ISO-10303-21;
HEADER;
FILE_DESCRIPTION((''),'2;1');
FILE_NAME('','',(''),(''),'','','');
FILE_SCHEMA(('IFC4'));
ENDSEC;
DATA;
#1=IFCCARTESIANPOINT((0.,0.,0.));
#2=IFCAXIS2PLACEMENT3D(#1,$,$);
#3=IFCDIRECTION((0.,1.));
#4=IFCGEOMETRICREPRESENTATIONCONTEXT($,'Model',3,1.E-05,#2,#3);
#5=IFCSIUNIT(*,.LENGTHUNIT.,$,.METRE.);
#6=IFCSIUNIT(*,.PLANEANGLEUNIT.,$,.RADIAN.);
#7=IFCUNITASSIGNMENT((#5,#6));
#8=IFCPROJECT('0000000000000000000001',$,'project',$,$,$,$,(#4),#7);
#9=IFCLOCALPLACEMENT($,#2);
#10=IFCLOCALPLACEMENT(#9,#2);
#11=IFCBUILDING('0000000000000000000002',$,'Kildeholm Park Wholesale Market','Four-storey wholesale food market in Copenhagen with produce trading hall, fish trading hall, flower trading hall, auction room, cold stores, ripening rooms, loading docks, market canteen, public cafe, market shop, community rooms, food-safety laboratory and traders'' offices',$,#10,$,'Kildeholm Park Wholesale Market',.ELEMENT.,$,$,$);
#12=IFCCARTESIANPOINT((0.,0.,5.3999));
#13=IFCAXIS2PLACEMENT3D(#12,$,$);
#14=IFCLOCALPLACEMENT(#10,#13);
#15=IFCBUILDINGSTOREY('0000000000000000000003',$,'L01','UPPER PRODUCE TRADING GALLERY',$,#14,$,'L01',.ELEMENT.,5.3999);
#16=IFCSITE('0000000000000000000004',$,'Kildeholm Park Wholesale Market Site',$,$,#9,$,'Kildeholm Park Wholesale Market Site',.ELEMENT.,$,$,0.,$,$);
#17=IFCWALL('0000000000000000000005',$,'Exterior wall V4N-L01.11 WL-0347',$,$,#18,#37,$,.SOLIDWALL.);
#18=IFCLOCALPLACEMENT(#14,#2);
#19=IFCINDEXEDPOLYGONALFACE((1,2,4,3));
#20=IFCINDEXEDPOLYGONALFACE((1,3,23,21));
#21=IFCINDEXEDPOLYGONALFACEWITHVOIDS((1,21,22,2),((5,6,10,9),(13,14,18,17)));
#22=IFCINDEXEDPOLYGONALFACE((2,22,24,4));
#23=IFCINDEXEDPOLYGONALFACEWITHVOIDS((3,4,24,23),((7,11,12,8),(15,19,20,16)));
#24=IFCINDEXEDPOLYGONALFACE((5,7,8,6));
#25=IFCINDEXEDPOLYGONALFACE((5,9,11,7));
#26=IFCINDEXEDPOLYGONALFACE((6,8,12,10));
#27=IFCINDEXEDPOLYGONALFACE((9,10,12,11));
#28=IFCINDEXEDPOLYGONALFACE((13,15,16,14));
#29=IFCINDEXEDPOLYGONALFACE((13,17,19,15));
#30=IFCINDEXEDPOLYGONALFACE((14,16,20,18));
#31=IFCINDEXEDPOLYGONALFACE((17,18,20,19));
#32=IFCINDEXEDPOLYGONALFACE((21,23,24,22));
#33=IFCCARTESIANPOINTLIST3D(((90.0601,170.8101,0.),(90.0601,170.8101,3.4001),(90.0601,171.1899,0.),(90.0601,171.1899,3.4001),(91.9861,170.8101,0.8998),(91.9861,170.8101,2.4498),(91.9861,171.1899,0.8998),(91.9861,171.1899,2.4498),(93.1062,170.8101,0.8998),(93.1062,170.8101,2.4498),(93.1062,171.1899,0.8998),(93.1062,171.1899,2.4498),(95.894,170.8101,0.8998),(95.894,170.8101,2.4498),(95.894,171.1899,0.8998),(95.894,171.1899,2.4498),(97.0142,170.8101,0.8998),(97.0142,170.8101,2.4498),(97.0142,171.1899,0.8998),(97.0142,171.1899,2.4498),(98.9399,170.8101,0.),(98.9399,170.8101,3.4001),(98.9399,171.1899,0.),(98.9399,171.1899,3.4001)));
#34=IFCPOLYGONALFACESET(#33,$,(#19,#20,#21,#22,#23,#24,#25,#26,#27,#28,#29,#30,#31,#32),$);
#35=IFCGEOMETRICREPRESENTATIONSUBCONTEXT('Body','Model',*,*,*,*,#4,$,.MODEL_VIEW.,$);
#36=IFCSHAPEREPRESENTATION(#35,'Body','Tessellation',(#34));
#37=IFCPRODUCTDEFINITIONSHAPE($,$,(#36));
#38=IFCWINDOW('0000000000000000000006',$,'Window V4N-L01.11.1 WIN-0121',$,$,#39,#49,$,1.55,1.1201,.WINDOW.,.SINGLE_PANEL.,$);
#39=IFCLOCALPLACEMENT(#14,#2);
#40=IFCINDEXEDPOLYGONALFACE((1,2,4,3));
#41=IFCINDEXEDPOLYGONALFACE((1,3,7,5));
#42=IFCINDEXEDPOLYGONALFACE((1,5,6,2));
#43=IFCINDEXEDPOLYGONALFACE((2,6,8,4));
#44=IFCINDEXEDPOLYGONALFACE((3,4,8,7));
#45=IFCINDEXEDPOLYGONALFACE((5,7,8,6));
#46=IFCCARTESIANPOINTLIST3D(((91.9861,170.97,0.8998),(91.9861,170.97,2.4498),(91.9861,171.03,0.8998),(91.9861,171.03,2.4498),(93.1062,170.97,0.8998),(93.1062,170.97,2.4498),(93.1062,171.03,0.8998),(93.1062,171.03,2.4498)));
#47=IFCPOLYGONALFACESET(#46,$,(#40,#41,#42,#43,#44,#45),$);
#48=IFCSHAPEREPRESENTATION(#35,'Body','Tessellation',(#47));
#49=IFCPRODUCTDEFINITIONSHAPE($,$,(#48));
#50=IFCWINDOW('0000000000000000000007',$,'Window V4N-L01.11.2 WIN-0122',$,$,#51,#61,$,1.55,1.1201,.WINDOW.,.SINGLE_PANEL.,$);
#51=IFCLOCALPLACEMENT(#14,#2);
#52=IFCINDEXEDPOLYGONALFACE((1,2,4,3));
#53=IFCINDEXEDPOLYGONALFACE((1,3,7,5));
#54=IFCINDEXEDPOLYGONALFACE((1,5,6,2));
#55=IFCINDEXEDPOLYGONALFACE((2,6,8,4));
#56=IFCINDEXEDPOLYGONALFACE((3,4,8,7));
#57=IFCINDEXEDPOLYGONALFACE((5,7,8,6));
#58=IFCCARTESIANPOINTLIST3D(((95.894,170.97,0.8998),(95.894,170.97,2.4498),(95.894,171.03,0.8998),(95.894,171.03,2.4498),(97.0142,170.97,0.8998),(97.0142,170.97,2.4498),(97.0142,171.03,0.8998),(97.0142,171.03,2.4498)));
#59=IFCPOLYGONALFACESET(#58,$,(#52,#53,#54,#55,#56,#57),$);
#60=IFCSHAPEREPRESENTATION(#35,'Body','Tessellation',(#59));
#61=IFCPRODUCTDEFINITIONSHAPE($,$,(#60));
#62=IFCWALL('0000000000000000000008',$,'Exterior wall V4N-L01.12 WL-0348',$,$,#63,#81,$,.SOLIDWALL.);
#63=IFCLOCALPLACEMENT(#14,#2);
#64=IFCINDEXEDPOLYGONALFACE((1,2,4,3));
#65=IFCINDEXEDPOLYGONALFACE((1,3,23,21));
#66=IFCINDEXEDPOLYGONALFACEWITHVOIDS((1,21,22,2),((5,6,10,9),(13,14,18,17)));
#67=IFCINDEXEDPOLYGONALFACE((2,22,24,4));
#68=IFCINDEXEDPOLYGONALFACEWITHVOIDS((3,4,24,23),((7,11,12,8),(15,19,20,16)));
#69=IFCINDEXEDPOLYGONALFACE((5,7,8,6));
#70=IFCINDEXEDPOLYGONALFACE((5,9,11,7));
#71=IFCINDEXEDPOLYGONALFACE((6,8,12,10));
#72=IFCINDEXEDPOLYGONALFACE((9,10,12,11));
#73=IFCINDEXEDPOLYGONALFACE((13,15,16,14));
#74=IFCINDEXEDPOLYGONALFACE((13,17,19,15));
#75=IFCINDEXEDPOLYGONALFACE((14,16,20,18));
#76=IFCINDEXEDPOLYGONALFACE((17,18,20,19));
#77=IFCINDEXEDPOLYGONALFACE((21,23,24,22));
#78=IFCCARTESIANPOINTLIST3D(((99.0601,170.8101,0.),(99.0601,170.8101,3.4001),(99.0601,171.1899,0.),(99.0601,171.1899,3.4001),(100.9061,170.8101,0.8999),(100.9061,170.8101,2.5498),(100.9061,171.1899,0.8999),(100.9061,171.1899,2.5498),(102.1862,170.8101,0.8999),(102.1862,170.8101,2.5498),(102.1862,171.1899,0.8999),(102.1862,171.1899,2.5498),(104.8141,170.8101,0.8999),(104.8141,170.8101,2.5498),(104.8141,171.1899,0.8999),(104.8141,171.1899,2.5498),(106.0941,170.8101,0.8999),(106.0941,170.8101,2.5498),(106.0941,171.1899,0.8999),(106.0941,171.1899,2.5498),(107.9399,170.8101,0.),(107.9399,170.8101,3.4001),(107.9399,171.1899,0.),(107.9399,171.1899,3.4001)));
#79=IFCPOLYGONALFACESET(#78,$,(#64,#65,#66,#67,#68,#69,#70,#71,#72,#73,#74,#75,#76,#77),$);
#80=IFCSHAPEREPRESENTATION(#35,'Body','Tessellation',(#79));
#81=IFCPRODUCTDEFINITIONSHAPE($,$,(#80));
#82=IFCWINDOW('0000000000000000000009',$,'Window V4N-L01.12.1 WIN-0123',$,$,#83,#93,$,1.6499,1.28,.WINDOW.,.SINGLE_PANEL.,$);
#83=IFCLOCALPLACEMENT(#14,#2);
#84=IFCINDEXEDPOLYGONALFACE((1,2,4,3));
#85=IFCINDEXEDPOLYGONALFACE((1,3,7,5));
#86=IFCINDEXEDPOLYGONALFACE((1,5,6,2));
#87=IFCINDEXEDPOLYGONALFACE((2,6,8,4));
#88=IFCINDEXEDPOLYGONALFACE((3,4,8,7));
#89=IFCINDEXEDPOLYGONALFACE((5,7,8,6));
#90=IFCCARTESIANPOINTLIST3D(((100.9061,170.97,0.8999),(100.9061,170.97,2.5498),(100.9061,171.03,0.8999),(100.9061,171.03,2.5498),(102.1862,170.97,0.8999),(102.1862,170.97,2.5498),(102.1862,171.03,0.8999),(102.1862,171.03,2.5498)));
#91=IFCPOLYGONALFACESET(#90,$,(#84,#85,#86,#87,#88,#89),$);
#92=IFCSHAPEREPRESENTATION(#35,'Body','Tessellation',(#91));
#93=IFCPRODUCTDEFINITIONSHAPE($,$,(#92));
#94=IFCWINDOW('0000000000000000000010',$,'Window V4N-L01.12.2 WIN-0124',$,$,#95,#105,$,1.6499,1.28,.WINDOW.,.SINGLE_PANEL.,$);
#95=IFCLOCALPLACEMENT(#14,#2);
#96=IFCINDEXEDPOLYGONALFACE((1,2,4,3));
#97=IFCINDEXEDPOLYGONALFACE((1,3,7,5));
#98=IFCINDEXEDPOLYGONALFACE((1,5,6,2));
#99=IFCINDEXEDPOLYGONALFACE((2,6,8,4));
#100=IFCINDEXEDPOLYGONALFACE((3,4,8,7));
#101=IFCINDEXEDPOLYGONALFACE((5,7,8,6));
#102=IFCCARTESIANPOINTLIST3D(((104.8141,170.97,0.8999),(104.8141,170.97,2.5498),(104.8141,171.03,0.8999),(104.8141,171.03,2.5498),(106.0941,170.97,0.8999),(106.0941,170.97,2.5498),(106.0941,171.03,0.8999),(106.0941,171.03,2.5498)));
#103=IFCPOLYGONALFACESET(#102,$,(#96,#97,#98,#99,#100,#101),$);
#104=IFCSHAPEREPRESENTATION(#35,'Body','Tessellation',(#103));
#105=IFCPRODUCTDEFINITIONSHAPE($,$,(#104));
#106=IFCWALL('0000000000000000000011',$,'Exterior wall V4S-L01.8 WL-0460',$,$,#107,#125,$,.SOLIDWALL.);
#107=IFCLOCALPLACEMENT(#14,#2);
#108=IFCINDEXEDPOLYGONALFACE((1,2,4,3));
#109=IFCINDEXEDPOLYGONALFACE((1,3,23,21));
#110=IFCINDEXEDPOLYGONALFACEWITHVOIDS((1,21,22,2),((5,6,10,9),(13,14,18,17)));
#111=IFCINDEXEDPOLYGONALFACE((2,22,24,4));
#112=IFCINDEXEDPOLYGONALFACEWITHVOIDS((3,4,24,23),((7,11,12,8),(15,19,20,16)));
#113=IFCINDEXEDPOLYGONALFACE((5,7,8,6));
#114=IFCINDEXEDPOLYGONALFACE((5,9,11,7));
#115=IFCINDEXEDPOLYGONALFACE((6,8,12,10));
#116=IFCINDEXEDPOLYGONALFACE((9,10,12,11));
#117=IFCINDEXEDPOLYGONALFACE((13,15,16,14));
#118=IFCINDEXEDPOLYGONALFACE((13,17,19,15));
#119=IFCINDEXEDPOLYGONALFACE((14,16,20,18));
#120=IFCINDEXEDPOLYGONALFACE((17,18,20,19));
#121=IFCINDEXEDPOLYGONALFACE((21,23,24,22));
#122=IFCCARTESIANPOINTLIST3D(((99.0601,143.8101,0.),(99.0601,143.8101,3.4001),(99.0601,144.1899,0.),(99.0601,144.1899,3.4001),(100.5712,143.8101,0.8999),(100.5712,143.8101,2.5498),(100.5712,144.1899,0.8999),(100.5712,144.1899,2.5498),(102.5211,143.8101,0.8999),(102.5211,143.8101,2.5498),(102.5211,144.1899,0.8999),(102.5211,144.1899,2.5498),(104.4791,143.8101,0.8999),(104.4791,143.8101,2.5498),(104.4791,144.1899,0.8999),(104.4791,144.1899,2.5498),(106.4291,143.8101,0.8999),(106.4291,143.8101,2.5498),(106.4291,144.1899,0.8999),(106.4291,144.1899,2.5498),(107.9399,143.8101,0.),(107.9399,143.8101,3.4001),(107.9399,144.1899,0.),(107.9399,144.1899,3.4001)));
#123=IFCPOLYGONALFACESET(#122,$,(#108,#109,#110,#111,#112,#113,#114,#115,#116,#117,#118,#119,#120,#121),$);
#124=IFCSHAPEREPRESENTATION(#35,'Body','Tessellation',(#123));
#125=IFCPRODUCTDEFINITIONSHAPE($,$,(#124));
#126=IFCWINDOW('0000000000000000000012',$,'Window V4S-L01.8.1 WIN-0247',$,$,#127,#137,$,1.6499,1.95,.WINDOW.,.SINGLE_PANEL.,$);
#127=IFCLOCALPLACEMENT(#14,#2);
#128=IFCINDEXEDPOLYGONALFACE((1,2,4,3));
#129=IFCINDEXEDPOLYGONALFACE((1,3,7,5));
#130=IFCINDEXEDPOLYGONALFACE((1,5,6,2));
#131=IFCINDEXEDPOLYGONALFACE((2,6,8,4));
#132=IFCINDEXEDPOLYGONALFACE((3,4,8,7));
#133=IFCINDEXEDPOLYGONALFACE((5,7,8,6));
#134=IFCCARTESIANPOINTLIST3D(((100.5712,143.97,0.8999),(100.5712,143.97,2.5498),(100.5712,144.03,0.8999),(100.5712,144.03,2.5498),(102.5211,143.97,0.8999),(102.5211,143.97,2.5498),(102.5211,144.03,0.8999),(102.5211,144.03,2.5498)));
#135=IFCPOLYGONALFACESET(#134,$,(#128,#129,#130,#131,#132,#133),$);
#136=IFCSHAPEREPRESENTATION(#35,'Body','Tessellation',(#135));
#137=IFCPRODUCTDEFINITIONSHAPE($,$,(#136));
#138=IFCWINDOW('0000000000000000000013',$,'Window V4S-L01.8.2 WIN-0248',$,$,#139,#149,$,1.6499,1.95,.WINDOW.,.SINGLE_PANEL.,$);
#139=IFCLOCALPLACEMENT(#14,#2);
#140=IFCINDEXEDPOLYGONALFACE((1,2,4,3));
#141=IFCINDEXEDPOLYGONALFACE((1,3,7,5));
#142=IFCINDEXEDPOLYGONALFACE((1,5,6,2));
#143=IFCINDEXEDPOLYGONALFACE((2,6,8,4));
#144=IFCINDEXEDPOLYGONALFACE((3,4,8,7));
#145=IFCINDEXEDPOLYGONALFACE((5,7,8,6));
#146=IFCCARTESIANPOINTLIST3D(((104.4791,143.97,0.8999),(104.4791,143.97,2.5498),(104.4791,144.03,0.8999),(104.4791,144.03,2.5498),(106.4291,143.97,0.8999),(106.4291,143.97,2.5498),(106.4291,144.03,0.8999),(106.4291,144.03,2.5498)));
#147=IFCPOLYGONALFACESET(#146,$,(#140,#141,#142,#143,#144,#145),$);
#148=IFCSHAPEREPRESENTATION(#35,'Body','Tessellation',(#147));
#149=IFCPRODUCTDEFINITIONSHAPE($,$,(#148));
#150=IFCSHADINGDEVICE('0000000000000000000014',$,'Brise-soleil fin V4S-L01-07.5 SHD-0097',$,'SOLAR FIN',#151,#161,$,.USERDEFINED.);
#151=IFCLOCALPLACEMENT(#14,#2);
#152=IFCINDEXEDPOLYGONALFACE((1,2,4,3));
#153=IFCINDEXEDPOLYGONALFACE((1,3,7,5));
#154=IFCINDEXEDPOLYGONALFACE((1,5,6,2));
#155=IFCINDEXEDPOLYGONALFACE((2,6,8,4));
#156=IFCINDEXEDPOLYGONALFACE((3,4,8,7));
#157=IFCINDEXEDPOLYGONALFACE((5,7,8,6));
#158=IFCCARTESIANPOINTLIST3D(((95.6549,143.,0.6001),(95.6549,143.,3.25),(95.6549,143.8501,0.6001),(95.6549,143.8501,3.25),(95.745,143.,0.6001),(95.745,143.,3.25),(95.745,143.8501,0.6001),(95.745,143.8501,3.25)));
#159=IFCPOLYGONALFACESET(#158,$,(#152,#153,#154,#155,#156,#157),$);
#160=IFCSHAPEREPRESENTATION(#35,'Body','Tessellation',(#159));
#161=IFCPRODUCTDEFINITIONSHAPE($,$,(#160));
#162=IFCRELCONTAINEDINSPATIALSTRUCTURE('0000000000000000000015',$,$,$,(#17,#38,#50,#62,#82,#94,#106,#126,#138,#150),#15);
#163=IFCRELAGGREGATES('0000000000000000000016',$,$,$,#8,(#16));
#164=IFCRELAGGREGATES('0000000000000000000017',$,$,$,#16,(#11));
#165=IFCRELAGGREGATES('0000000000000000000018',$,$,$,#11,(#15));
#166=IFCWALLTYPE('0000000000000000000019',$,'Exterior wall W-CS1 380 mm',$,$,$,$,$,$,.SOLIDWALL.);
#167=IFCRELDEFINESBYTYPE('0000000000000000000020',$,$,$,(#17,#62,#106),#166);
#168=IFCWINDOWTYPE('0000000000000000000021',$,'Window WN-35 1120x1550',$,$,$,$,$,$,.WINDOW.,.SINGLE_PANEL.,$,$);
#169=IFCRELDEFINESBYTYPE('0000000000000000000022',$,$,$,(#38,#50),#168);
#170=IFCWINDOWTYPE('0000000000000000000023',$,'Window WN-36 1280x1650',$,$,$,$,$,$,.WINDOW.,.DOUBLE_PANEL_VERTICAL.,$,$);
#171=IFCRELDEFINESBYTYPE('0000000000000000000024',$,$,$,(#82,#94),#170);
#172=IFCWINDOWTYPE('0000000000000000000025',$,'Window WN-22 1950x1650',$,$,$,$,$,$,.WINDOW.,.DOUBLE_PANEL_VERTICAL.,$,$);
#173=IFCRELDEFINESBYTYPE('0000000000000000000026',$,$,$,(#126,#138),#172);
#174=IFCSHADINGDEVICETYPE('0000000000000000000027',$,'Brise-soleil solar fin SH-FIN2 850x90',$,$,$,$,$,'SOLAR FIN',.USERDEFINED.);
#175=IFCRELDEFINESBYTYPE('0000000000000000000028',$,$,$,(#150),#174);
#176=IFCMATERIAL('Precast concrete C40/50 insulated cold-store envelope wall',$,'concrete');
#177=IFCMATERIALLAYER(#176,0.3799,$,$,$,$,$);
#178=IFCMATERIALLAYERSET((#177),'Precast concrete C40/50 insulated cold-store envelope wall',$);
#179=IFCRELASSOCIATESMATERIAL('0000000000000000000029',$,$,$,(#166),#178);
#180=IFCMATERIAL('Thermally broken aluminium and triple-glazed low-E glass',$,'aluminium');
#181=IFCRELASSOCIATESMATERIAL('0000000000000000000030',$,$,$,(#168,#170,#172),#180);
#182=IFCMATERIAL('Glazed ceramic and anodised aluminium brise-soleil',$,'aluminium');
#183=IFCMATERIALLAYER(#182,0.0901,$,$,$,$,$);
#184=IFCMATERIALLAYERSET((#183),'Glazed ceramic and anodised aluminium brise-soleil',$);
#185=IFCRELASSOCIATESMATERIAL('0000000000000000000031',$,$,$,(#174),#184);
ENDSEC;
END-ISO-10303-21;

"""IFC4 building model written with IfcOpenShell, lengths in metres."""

from ifc_helpers import new_model, si_unit, direction, frame, frame_2d, origin, origin_2d, place, context, subcontext, project, spatial, rectangle, extrude, material, layer, layer_set, type_object, element, fill, save


model = new_model("IFC4")

# Units and contexts
model_context = context("Model", 3, precision=1e-05, world=origin(), true_north=direction((0.0, 1.0)))
body_context = subcontext(model_context, "Body", "Model", "MODEL_VIEW")
ifc_project = project(units=[si_unit("LENGTHUNIT", "METRE"), si_unit("PLANEANGLEUNIT", "RADIAN")], contexts=[model_context])

# Site, building, storey
site_placement = place(None, origin())
site = spatial("IfcSite", under=ifc_project, at=site_placement, Name="Kildeholm Park Wholesale Market Site", LongName="Kildeholm Park Wholesale Market Site", CompositionType="ELEMENT", RefElevation=0.0)
building_placement = place(site_placement, origin())
building = spatial("IfcBuilding", under=site, at=building_placement, Name="Kildeholm Park Wholesale Market", Description="Four-storey wholesale food market in Copenhagen with produce trading hall, fish trading hall, flower trading hall, auction room, cold stores, ripening rooms, loading docks, market canteen, public cafe, market shop, community rooms, food-safety laboratory and traders' offices", LongName="Kildeholm Park Wholesale Market", CompositionType="ELEMENT")
storey_placement = place(building_placement, frame((0.0, 0.0, 5.3999)))
storey = spatial("IfcBuildingStorey", under=building, at=storey_placement, Name="L01", Description="UPPER PRODUCE TRADING GALLERY", LongName="L01", CompositionType="ELEMENT", Elevation=5.3999)

# Walls, openings, windows
ifc_material_1 = material(Name="Precast concrete C40/50 insulated cold-store envelope wall", Category="concrete")
ifc_layer_1 = layer(ifc_material_1, 0.3799)
ifc_layer_set_1 = layer_set([ifc_layer_1], Name="Precast concrete C40/50 insulated cold-store envelope wall")
wall_type = type_object("IfcWallType", Name="Exterior wall W-CS1 380 mm", PredefinedType="SOLIDWALL", material=ifc_layer_set_1)
wall_1_placement = place(storey_placement, frame((90.0601, 171.0, 0.0), z_axis=(0.0, 0.0, 1.0), x_axis=(1.0, 0.0, 0.0)))
wall_1 = element("IfcWall", 1, at=wall_1_placement, inside=storey, type_object=wall_type, Name="Exterior wall V4N-L01.11 WL-0347", PredefinedType="SOLIDWALL", context=body_context, shape_type="SweptSolid", body=[
    extrude(rectangle(XDim=8.8799, YDim=0.3799, at=frame_2d((4.4399, 0.0))), origin(), (0.0, 0.0, 1.0), 3.4001),
])
opening_1_placement = place(wall_1_placement, frame((1.926, 0.0, 0.8999)))
opening_1 = element("IfcOpeningElement", 2, at=opening_1_placement, cuts=wall_1, PredefinedType="OPENING", context=body_context, shape_type="SweptSolid", body=[
    extrude(rectangle(XDim=1.1201, YDim=1.55, at=frame_2d((0.5601, 0.7749))), frame((0.0, 0.2, 0.0), z_axis=(0.0, -1.0, 0.0), x_axis=(1.0, 0.0, 0.0)), (0.0, 0.0, 1.0), 0.3999),
])
opening_2_placement = place(wall_1_placement, frame((5.834, 0.0, 0.8999)))
opening_2 = element("IfcOpeningElement", 3, at=opening_2_placement, cuts=wall_1, PredefinedType="OPENING", context=body_context, shape_type="SweptSolid", body=[
    extrude(rectangle(XDim=1.1201, YDim=1.55, at=frame_2d((0.5601, 0.7749))), frame((0.0, 0.2, 0.0), z_axis=(0.0, -1.0, 0.0), x_axis=(1.0, 0.0, 0.0)), (0.0, 0.0, 1.0), 0.3999),
])
ifc_material_2 = material(Name="Thermally broken aluminium and triple-glazed low-E glass", Category="aluminium")
window_type_1 = type_object("IfcWindowType", Name="Window WN-35 1120x1550", PartitioningType="SINGLE_PANEL", PredefinedType="WINDOW", material=ifc_material_2)
window_1_placement = place(opening_1_placement, origin())
window_1 = element("IfcWindow", 4, at=window_1_placement, inside=storey, type_object=window_type_1, Name="Window V4N-L01.11.1 WIN-0121", OverallHeight=1.55, OverallWidth=1.1201, PartitioningType="SINGLE_PANEL", PredefinedType="WINDOW", context=body_context, shape_type="SweptSolid", body=[
    extrude(rectangle(XDim=1.1201, YDim=1.55, at=frame_2d((0.5601, 0.7749))), frame((0.0, 0.03, 0.0), z_axis=(0.0, -1.0, 0.0), x_axis=(1.0, 0.0, 0.0)), (0.0, 0.0, 1.0), 0.0601),
])
fill(opening_1, window_1)
window_2_placement = place(opening_2_placement, origin())
window_2 = element("IfcWindow", 5, at=window_2_placement, inside=storey, type_object=window_type_1, Name="Window V4N-L01.11.2 WIN-0122", OverallHeight=1.55, OverallWidth=1.1201, PartitioningType="SINGLE_PANEL", PredefinedType="WINDOW", context=body_context, shape_type="SweptSolid", body=[
    extrude(rectangle(XDim=1.1201, YDim=1.55, at=frame_2d((0.5601, 0.7749))), frame((0.0, 0.03, 0.0), z_axis=(0.0, -1.0, 0.0), x_axis=(1.0, 0.0, 0.0)), (0.0, 0.0, 1.0), 0.0601),
])
fill(opening_2, window_2)
wall_2_placement = place(storey_placement, frame((99.0601, 171.0, 0.0), z_axis=(0.0, 0.0, 1.0), x_axis=(1.0, 0.0, 0.0)))
wall_2 = element("IfcWall", 6, at=wall_2_placement, inside=storey, type_object=wall_type, Name="Exterior wall V4N-L01.12 WL-0348", PredefinedType="SOLIDWALL", context=body_context, shape_type="SweptSolid", body=[
    extrude(rectangle(XDim=8.8799, YDim=0.3799, at=frame_2d((4.4399, 0.0))), origin(), (0.0, 0.0, 1.0), 3.4001),
])
opening_3_placement = place(wall_2_placement, frame((1.8459, 0.0, 0.8999)))
opening_3 = element("IfcOpeningElement", 7, at=opening_3_placement, cuts=wall_2, PredefinedType="OPENING", context=body_context, shape_type="SweptSolid", body=[
    extrude(rectangle(XDim=1.28, YDim=1.6499, at=frame_2d((0.6401, 0.825))), frame((0.0, 0.2, 0.0), z_axis=(0.0, -1.0, 0.0), x_axis=(1.0, 0.0, 0.0)), (0.0, 0.0, 1.0), 0.3999),
])
opening_4_placement = place(wall_2_placement, frame((5.7539, 0.0, 0.8999)))
opening_4 = element("IfcOpeningElement", 8, at=opening_4_placement, cuts=wall_2, PredefinedType="OPENING", context=body_context, shape_type="SweptSolid", body=[
    extrude(rectangle(XDim=1.28, YDim=1.6499, at=frame_2d((0.6401, 0.825))), frame((0.0, 0.2, 0.0), z_axis=(0.0, -1.0, 0.0), x_axis=(1.0, 0.0, 0.0)), (0.0, 0.0, 1.0), 0.3999),
])
window_type_2 = type_object("IfcWindowType", Name="Window WN-36 1280x1650", PartitioningType="DOUBLE_PANEL_VERTICAL", PredefinedType="WINDOW", material=ifc_material_2)
window_3_placement = place(opening_3_placement, origin())
window_3 = element("IfcWindow", 9, at=window_3_placement, inside=storey, type_object=window_type_2, Name="Window V4N-L01.12.1 WIN-0123", OverallHeight=1.6499, OverallWidth=1.28, PartitioningType="SINGLE_PANEL", PredefinedType="WINDOW", context=body_context, shape_type="SweptSolid", body=[
    extrude(rectangle(XDim=1.28, YDim=1.6499, at=frame_2d((0.6401, 0.825))), frame((0.0, 0.03, 0.0), z_axis=(0.0, -1.0, 0.0), x_axis=(1.0, 0.0, 0.0)), (0.0, 0.0, 1.0), 0.0601),
])
fill(opening_3, window_3)
window_4_placement = place(opening_4_placement, origin())
window_4 = element("IfcWindow", 10, at=window_4_placement, inside=storey, type_object=window_type_2, Name="Window V4N-L01.12.2 WIN-0124", OverallHeight=1.6499, OverallWidth=1.28, PartitioningType="SINGLE_PANEL", PredefinedType="WINDOW", context=body_context, shape_type="SweptSolid", body=[
    extrude(rectangle(XDim=1.28, YDim=1.6499, at=frame_2d((0.6401, 0.825))), frame((0.0, 0.03, 0.0), z_axis=(0.0, -1.0, 0.0), x_axis=(1.0, 0.0, 0.0)), (0.0, 0.0, 1.0), 0.0601),
])
fill(opening_4, window_4)
wall_3_placement = place(storey_placement, frame((99.0601, 144.0, 0.0), z_axis=(0.0, 0.0, 1.0), x_axis=(1.0, 0.0, 0.0)))
wall_3 = element("IfcWall", 11, at=wall_3_placement, inside=storey, type_object=wall_type, Name="Exterior wall V4S-L01.8 WL-0460", PredefinedType="SOLIDWALL", context=body_context, shape_type="SweptSolid", body=[
    extrude(rectangle(XDim=8.8799, YDim=0.3799, at=frame_2d((4.4399, 0.0))), origin(), (0.0, 0.0, 1.0), 3.4001),
])
opening_5_placement = place(wall_3_placement, frame((1.511, 0.0, 0.8999)))
opening_5 = element("IfcOpeningElement", 12, at=opening_5_placement, cuts=wall_3, PredefinedType="OPENING", context=body_context, shape_type="SweptSolid", body=[
    extrude(rectangle(XDim=1.95, YDim=1.6499, at=frame_2d((0.9751, 0.825))), frame((0.0, 0.2, 0.0), z_axis=(0.0, -1.0, 0.0), x_axis=(1.0, 0.0, 0.0)), (0.0, 0.0, 1.0), 0.3999),
])
opening_6_placement = place(wall_3_placement, frame((5.4189, 0.0, 0.8999)))
opening_6 = element("IfcOpeningElement", 13, at=opening_6_placement, cuts=wall_3, PredefinedType="OPENING", context=body_context, shape_type="SweptSolid", body=[
    extrude(rectangle(XDim=1.95, YDim=1.6499, at=frame_2d((0.9751, 0.825))), frame((0.0, 0.2, 0.0), z_axis=(0.0, -1.0, 0.0), x_axis=(1.0, 0.0, 0.0)), (0.0, 0.0, 1.0), 0.3999),
])
window_type_3 = type_object("IfcWindowType", Name="Window WN-22 1950x1650", PartitioningType="DOUBLE_PANEL_VERTICAL", PredefinedType="WINDOW", material=ifc_material_2)
window_5_placement = place(opening_5_placement, origin())
window_5 = element("IfcWindow", 14, at=window_5_placement, inside=storey, type_object=window_type_3, Name="Window V4S-L01.8.1 WIN-0247", OverallHeight=1.6499, OverallWidth=1.95, PartitioningType="SINGLE_PANEL", PredefinedType="WINDOW", context=body_context, shape_type="SweptSolid", body=[
    extrude(rectangle(XDim=1.95, YDim=1.6499, at=frame_2d((0.9751, 0.825))), frame((0.0, 0.03, 0.0), z_axis=(0.0, -1.0, 0.0), x_axis=(1.0, 0.0, 0.0)), (0.0, 0.0, 1.0), 0.0601),
])
fill(opening_5, window_5)
window_6_placement = place(opening_6_placement, origin())
window_6 = element("IfcWindow", 15, at=window_6_placement, inside=storey, type_object=window_type_3, Name="Window V4S-L01.8.2 WIN-0248", OverallHeight=1.6499, OverallWidth=1.95, PartitioningType="SINGLE_PANEL", PredefinedType="WINDOW", context=body_context, shape_type="SweptSolid", body=[
    extrude(rectangle(XDim=1.95, YDim=1.6499, at=frame_2d((0.9751, 0.825))), frame((0.0, 0.03, 0.0), z_axis=(0.0, -1.0, 0.0), x_axis=(1.0, 0.0, 0.0)), (0.0, 0.0, 1.0), 0.0601),
])
fill(opening_6, window_6)

# Shading device
ifc_material_3 = material(Name="Glazed ceramic and anodised aluminium brise-soleil", Category="aluminium")
ifc_layer_2 = layer(ifc_material_3, 0.0901)
ifc_layer_set_2 = layer_set([ifc_layer_2], Name="Glazed ceramic and anodised aluminium brise-soleil")
shading_device_type = type_object("IfcShadingDeviceType", Name="Brise-soleil solar fin SH-FIN2 850x90", ElementType="SOLAR FIN", PredefinedType="USERDEFINED", material=ifc_layer_set_2)
for number, where, z_axis, x_axis, name in (
    (16, (95.7, 143.425, 0.6001), (0.0, 0.0, 1.0), (0.0, -1.0, 0.0), "Brise-soleil fin V4S-L01-07.5 SHD-0097"),
):
    element("IfcShadingDevice", number, at=place(storey_placement, frame(where, z_axis=z_axis, x_axis=x_axis)), inside=storey, type_object=shading_device_type, Name=name, ObjectType="SOLAR FIN", PredefinedType="USERDEFINED", context=body_context, shape_type="SweptSolid", body=[
        extrude(rectangle(XDim=0.8501, YDim=0.0901, at=origin_2d()), origin(), (0.0, 0.0, 1.0), 2.6499),
    ])

save(model, "model.ifc")
